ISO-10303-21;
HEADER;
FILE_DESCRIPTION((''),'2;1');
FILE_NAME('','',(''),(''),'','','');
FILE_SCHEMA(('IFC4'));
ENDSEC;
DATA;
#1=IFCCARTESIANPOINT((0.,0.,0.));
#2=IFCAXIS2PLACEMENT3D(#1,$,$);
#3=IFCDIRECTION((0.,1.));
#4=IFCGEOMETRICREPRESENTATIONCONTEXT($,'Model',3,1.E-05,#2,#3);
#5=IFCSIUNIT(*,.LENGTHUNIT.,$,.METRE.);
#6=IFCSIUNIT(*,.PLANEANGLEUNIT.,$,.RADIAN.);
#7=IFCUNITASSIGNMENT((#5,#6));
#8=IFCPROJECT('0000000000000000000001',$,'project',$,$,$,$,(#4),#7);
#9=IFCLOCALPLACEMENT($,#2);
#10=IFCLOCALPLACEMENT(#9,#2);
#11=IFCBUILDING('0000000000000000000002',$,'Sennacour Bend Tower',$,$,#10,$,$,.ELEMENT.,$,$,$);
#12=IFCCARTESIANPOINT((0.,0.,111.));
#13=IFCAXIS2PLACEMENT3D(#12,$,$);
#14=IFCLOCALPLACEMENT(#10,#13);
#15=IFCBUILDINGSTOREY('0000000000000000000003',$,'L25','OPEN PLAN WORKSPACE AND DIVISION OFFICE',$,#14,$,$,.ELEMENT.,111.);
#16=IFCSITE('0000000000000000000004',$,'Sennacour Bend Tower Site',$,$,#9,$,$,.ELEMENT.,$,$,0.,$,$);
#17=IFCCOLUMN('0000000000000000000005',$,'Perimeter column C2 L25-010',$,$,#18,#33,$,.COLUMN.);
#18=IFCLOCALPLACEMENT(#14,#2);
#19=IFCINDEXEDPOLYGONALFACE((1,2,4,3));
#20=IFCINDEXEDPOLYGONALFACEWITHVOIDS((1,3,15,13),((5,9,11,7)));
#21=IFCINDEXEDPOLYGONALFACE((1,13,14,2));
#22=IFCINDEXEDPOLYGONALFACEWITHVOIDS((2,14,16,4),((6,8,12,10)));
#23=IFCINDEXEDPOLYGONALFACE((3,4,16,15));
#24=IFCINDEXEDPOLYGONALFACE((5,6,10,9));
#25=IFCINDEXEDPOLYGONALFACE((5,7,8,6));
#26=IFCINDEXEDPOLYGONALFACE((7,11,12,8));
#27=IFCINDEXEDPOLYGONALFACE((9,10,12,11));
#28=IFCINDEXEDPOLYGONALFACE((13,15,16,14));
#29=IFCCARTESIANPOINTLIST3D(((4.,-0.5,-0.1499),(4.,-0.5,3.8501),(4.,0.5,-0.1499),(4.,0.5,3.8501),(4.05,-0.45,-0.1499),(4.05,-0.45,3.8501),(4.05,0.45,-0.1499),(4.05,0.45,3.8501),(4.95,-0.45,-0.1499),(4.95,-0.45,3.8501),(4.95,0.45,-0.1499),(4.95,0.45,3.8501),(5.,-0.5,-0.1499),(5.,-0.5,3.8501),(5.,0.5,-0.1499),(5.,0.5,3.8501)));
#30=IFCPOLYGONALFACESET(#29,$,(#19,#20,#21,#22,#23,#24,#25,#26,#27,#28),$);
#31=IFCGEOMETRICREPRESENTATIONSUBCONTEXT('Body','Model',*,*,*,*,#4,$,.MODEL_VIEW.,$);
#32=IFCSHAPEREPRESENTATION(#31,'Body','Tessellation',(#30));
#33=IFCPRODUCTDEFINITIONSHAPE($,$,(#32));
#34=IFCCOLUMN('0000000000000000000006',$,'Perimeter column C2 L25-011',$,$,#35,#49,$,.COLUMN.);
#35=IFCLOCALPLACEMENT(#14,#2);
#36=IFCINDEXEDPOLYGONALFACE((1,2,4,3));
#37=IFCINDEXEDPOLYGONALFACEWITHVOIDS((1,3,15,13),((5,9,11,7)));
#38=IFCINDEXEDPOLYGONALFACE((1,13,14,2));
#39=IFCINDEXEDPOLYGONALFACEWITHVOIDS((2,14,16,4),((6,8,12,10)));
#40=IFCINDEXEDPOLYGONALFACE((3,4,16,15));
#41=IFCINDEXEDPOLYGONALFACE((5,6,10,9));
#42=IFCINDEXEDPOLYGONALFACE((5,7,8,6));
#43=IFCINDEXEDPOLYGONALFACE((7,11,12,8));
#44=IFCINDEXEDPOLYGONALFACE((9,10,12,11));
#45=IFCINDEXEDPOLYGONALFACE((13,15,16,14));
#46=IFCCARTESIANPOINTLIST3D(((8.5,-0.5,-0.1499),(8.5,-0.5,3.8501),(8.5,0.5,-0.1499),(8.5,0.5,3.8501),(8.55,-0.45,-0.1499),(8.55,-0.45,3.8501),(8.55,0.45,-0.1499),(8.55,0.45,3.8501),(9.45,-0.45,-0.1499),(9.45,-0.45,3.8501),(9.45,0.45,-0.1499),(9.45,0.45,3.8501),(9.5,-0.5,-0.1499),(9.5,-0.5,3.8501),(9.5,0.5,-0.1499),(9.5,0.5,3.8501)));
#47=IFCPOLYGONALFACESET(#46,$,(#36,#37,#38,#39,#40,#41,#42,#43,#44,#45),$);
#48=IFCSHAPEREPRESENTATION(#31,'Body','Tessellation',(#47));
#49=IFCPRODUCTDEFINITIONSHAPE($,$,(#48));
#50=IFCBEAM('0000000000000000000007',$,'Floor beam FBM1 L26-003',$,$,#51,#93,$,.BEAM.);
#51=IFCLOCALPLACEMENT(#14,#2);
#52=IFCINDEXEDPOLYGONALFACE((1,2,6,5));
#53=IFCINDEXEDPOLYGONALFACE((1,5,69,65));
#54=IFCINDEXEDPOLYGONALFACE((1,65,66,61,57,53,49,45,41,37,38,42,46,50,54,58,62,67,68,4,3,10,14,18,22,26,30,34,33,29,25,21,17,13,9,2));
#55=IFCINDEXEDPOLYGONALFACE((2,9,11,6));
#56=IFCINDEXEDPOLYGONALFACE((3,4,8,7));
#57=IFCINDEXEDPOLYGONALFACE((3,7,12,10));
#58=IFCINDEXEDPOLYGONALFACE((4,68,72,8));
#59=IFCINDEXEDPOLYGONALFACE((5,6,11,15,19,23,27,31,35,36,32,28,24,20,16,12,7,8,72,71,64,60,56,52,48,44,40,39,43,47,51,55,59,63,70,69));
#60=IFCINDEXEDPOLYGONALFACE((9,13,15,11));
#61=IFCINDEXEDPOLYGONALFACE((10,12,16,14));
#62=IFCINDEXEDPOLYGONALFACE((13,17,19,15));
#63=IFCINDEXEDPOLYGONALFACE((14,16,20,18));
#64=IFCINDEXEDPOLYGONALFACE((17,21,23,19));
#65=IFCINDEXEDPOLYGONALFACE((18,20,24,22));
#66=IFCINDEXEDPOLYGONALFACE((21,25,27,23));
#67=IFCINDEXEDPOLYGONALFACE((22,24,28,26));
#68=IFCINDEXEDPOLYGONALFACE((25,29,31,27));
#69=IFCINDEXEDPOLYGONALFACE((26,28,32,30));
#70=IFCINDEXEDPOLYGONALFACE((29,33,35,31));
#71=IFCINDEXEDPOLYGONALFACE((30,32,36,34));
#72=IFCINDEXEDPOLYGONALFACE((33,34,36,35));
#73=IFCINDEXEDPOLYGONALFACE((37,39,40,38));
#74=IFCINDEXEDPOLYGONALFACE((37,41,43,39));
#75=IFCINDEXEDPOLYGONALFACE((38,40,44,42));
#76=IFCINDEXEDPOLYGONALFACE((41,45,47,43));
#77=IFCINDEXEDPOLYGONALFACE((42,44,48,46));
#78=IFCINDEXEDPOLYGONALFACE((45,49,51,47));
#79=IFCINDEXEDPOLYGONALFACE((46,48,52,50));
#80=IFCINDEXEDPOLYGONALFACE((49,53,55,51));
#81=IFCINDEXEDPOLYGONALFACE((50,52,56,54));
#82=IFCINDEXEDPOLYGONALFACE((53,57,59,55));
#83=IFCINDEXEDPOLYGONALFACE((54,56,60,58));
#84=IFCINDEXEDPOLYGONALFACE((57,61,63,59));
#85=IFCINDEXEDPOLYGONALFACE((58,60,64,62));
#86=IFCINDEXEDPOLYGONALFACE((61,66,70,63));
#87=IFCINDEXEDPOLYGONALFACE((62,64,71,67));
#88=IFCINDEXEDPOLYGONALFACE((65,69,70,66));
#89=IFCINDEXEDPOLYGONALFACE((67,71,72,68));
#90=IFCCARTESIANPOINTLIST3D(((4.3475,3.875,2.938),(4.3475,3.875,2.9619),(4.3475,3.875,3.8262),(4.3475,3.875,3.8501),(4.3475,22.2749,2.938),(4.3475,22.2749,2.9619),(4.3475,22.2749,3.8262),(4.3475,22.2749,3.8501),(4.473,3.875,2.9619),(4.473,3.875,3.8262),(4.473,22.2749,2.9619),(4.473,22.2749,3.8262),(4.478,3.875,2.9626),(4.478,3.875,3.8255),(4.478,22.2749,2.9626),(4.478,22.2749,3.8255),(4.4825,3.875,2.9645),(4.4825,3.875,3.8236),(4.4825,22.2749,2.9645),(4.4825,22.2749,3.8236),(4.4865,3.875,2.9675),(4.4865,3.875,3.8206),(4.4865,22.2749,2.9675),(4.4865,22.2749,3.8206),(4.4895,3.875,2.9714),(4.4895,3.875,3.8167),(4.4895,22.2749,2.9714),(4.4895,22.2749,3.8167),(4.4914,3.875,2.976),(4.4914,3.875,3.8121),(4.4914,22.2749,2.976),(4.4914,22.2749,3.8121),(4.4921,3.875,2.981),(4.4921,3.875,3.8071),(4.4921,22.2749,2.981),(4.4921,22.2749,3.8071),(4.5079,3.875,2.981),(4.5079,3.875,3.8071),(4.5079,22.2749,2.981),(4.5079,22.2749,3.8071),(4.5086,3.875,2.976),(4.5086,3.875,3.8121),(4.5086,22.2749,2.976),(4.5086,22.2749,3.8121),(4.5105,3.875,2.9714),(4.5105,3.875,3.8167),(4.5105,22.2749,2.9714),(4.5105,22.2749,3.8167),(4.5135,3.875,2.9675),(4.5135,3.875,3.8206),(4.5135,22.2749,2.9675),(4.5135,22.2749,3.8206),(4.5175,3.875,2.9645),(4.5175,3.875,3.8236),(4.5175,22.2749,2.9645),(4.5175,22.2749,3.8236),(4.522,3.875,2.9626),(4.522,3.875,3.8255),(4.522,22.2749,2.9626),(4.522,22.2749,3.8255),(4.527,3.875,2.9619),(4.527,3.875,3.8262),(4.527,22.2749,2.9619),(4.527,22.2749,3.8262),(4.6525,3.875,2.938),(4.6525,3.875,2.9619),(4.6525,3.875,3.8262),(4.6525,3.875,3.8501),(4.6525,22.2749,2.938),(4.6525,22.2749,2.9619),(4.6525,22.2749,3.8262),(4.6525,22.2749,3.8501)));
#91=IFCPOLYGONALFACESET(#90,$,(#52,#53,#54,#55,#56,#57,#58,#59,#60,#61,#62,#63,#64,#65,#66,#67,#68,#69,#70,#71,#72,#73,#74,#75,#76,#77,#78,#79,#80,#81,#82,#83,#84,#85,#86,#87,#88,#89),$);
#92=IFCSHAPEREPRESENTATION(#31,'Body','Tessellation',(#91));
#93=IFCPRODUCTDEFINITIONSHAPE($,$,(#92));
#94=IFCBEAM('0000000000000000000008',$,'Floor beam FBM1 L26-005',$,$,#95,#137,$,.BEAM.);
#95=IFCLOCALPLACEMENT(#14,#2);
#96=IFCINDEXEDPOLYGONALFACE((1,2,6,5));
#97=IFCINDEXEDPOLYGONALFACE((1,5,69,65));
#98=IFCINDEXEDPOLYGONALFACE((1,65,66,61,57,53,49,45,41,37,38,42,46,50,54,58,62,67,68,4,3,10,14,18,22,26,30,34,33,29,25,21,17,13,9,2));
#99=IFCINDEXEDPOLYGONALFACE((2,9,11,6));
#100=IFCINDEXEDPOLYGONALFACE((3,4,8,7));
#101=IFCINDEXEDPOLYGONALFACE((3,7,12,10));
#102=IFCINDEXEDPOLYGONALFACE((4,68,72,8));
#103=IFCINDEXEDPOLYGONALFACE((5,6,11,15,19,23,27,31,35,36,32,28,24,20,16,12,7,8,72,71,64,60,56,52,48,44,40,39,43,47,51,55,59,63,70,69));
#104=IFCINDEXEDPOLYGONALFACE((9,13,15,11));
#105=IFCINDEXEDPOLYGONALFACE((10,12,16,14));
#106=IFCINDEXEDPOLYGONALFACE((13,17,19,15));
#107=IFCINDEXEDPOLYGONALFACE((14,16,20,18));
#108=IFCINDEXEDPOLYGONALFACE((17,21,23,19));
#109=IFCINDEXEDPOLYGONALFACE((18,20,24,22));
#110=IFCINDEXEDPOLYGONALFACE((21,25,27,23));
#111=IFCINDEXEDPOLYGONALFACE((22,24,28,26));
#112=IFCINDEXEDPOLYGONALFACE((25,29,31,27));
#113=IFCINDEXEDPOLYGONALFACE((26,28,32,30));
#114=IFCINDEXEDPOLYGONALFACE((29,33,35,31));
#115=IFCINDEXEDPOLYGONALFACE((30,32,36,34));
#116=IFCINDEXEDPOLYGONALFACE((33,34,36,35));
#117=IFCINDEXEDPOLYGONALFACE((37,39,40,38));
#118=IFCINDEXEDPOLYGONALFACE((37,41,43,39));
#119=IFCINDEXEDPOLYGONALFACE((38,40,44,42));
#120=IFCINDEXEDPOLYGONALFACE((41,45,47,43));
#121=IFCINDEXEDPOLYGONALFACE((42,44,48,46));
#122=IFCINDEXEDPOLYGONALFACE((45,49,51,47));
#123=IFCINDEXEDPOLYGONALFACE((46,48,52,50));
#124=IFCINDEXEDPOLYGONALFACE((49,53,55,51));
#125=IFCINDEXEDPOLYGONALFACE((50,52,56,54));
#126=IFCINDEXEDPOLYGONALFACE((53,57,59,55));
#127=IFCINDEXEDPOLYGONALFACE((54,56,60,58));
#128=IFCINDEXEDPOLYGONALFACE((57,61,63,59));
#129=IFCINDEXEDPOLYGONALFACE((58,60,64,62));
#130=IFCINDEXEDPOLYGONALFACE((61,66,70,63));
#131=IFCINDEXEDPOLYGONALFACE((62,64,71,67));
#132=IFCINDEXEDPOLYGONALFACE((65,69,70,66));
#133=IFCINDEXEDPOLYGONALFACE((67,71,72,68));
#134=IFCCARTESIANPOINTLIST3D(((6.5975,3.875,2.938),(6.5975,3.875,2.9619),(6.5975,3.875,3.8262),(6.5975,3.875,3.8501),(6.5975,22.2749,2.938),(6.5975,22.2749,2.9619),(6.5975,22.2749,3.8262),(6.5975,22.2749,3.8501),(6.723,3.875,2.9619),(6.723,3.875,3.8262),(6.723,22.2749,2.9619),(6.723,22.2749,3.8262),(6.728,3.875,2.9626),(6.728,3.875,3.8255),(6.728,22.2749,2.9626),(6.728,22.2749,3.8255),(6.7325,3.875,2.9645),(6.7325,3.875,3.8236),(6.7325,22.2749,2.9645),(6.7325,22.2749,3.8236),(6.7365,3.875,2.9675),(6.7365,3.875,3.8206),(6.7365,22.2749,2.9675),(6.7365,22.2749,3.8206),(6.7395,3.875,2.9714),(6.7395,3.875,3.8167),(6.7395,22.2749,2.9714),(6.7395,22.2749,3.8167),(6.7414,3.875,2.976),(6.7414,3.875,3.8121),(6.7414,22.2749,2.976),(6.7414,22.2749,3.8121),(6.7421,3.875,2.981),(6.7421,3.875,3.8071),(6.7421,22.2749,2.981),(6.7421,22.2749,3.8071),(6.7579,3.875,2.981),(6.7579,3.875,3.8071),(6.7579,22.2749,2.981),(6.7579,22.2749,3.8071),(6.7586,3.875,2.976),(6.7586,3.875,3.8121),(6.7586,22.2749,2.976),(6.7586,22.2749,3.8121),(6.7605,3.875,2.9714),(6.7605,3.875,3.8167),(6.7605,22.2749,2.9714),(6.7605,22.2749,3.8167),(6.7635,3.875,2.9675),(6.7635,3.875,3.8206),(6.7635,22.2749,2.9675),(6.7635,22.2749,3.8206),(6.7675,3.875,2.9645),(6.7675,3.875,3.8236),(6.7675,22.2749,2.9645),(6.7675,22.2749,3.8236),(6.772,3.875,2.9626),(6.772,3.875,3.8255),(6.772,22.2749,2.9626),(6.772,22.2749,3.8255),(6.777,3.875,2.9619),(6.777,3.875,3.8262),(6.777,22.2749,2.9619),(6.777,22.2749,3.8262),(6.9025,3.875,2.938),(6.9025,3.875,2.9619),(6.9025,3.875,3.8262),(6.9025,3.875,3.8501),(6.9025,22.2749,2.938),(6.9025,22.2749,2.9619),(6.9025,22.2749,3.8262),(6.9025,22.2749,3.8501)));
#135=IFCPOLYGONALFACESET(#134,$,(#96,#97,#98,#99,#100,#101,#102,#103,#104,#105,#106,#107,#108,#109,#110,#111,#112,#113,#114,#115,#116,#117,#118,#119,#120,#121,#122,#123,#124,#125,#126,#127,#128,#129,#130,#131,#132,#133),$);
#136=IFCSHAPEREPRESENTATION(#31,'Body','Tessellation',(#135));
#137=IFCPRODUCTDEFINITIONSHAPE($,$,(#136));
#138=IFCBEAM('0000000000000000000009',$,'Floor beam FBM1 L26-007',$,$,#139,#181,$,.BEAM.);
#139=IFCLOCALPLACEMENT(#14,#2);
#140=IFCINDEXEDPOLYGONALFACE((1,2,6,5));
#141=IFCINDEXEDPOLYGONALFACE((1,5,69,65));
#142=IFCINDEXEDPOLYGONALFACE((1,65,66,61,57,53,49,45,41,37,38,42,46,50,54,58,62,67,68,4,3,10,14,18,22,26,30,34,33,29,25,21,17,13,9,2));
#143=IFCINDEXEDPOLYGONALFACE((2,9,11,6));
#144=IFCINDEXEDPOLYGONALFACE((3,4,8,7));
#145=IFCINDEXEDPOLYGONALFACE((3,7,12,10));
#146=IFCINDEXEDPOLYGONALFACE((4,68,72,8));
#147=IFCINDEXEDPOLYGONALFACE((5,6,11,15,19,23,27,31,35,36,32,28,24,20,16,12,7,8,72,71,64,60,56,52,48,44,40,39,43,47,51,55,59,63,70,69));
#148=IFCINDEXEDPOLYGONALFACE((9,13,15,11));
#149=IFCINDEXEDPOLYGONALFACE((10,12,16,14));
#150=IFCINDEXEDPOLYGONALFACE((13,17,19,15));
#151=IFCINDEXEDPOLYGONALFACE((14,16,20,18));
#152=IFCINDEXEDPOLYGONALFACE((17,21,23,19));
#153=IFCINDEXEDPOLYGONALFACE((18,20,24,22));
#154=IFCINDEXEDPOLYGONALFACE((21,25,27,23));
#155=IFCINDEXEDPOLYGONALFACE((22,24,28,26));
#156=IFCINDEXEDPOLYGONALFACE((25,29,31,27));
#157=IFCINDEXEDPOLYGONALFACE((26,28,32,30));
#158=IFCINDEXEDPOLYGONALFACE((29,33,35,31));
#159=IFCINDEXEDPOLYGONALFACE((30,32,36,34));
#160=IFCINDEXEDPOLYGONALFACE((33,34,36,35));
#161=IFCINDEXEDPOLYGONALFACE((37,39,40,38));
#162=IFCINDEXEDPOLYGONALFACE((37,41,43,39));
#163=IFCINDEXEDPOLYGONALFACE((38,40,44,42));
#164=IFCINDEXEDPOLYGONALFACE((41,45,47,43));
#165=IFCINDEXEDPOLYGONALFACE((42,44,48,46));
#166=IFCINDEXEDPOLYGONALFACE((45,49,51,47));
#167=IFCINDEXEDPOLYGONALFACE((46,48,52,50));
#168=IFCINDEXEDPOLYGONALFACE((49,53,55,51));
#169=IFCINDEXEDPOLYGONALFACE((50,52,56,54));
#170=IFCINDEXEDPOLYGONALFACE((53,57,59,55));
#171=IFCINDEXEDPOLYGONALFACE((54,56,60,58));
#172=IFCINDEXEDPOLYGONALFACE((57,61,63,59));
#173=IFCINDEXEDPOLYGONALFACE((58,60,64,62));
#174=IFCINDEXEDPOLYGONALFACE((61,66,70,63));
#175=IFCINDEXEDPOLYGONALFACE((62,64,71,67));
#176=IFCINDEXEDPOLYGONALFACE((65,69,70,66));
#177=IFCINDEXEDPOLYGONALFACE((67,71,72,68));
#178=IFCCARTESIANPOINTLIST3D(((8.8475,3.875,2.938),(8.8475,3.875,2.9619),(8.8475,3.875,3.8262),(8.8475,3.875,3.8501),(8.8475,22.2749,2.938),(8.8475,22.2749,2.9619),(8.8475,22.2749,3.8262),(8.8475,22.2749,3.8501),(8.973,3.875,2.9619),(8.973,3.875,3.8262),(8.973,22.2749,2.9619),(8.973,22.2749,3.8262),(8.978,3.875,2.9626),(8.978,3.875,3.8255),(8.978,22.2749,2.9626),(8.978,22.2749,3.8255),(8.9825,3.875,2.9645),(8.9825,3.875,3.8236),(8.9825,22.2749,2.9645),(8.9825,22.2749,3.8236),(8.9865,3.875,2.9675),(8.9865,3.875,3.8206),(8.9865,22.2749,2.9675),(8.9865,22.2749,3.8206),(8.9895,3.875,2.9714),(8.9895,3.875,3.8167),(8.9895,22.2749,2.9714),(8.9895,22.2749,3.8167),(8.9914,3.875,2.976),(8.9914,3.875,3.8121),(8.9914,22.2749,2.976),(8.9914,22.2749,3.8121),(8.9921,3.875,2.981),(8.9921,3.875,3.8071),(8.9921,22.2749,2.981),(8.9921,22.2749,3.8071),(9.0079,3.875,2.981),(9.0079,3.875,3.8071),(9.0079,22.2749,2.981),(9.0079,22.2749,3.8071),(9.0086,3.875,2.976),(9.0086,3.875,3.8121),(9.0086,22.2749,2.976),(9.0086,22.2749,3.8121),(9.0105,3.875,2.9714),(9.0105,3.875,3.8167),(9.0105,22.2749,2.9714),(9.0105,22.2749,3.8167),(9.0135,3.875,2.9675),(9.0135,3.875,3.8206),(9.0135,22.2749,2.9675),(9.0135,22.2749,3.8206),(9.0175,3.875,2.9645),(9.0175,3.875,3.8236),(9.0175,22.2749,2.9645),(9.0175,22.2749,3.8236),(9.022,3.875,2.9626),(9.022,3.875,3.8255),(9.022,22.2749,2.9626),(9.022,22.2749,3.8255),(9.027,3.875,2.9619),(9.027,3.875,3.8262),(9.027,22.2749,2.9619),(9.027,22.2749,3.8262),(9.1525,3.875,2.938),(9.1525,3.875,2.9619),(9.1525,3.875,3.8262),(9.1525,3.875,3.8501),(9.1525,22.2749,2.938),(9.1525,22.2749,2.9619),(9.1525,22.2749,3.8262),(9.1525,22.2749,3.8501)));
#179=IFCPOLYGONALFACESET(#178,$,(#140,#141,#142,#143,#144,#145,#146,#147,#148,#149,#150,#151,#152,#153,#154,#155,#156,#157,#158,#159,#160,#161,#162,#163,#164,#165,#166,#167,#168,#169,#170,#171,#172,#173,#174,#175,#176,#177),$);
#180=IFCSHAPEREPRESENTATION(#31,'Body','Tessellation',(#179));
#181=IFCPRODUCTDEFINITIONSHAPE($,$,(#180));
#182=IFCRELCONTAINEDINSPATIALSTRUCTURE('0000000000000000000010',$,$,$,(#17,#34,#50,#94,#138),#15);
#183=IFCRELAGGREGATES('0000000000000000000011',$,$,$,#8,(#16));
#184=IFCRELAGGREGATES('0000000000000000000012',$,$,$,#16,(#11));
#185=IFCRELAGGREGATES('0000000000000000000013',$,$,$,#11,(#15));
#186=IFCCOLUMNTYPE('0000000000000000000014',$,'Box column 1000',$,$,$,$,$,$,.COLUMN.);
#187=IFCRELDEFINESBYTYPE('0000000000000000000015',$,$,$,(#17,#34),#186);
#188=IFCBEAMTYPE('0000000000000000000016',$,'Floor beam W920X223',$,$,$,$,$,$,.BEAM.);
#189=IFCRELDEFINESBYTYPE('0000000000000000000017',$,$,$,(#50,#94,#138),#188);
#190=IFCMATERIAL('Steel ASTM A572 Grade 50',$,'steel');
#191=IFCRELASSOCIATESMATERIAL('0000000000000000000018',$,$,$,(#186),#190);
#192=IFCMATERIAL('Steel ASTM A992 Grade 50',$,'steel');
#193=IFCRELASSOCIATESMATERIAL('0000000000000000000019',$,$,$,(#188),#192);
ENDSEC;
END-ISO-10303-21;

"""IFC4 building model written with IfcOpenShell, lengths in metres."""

from ifc_helpers import new_model, si_unit, direction, frame, origin, origin_2d, place, context, subcontext, project, spatial, hollow_rectangle, i_section, extrude, material, material_profile, profile_set, type_object, element, save


model = new_model("IFC4")

# Units and contexts
model_context = context("Model", 3, precision=1e-05, world=origin(), true_north=direction((0.0, 1.0)))
body_context = subcontext(model_context, "Body", "Model", "MODEL_VIEW")
ifc_project = project(units=[si_unit("LENGTHUNIT", "METRE"), si_unit("PLANEANGLEUNIT", "RADIAN")], contexts=[model_context])

# Site, building, storey
site_placement = place(None, origin())
site = spatial("IfcSite", under=ifc_project, at=site_placement, Name="Sennacour Bend Tower Site", CompositionType="ELEMENT", RefElevation=0.0)
building_placement = place(site_placement, origin())
building = spatial("IfcBuilding", under=site, at=building_placement, Name="Sennacour Bend Tower", CompositionType="ELEMENT")
storey_placement = place(building_placement, frame((0.0, 0.0, 111.0)))
storey = spatial("IfcBuildingStorey", under=building, at=storey_placement, Name="L25", Description="OPEN PLAN WORKSPACE AND DIVISION OFFICE", CompositionType="ELEMENT", Elevation=111.0)

# Columns
ifc_material_1 = material(Name="Steel ASTM A572 Grade 50", Category="steel")
ifc_material_profile_1 = material_profile(ifc_material_1, hollow_rectangle(XDim=1.0, YDim=1.0, WallThickness=0.05, at=origin_2d()), Name="Steel ASTM A572 Grade 50", Category="steel")
ifc_profile_set_1 = profile_set([ifc_material_profile_1], Name="Steel ASTM A572 Grade 50")
column_type = type_object("IfcColumnType", Name="Box column 1000", PredefinedType="COLUMN", material=ifc_profile_set_1)
for number, where, z_axis, x_axis, name in (
    (1, (4.5, 0.0, -0.1499), (0.0, 0.0, 1.0), (1.0, 0.0, 0.0), "Perimeter column C2 L25-010"),
    (2, (9.0, 0.0, -0.1499), (0.0, 0.0, 1.0), (1.0, 0.0, 0.0), "Perimeter column C2 L25-011"),
):
    element("IfcColumn", number, at=place(storey_placement, frame(where, z_axis=z_axis, x_axis=x_axis)), inside=storey, type_object=column_type, Name=name, PredefinedType="COLUMN", context=body_context, shape_type="SweptSolid", body=[
        extrude(hollow_rectangle(XDim=1.0, YDim=1.0, WallThickness=0.05, at=origin_2d()), origin(), (0.0, 0.0, 1.0), 4.0),
    ])

# Beams
ifc_material_2 = material(Name="Steel ASTM A992 Grade 50", Category="steel")
ifc_material_profile_2 = material_profile(ifc_material_2, i_section(OverallWidth=0.3049, OverallDepth=0.9121, WebThickness=0.0159, FlangeThickness=0.0239, FilletRadius=0.019, at=origin_2d()), Name="Steel ASTM A992 Grade 50", Category="steel")
ifc_profile_set_2 = profile_set([ifc_material_profile_2], Name="Steel ASTM A992 Grade 50")
beam_type_1 = type_object("IfcBeamType", Name="Floor beam W920X223", PredefinedType="BEAM", material=ifc_profile_set_2)
for number, where, z_axis, x_axis, name in (
    (3, (4.5, 3.875, 3.394), (0.0, 1.0, 0.0), (-1.0, 0.0, 0.0), "Floor beam FBM1 L26-003"),
    (4, (6.75, 3.875, 3.394), (0.0, 1.0, 0.0), (-1.0, 0.0, 0.0), "Floor beam FBM1 L26-005"),
    (5, (9.0, 3.875, 3.394), (0.0, 1.0, 0.0), (-1.0, 0.0, 0.0), "Floor beam FBM1 L26-007"),
):
    element("IfcBeam", number, at=place(storey_placement, frame(where, z_axis=z_axis, x_axis=x_axis)), inside=storey, type_object=beam_type_1, Name=name, PredefinedType="BEAM", context=body_context, shape_type="SweptSolid", body=[
        extrude(i_section(OverallWidth=0.3049, OverallDepth=0.9121, WebThickness=0.0159, FlangeThickness=0.0239, FilletRadius=0.019, at=origin_2d()), origin(), (0.0, 0.0, 1.0), 18.3999),
    ])

save(model, "model.ifc")
